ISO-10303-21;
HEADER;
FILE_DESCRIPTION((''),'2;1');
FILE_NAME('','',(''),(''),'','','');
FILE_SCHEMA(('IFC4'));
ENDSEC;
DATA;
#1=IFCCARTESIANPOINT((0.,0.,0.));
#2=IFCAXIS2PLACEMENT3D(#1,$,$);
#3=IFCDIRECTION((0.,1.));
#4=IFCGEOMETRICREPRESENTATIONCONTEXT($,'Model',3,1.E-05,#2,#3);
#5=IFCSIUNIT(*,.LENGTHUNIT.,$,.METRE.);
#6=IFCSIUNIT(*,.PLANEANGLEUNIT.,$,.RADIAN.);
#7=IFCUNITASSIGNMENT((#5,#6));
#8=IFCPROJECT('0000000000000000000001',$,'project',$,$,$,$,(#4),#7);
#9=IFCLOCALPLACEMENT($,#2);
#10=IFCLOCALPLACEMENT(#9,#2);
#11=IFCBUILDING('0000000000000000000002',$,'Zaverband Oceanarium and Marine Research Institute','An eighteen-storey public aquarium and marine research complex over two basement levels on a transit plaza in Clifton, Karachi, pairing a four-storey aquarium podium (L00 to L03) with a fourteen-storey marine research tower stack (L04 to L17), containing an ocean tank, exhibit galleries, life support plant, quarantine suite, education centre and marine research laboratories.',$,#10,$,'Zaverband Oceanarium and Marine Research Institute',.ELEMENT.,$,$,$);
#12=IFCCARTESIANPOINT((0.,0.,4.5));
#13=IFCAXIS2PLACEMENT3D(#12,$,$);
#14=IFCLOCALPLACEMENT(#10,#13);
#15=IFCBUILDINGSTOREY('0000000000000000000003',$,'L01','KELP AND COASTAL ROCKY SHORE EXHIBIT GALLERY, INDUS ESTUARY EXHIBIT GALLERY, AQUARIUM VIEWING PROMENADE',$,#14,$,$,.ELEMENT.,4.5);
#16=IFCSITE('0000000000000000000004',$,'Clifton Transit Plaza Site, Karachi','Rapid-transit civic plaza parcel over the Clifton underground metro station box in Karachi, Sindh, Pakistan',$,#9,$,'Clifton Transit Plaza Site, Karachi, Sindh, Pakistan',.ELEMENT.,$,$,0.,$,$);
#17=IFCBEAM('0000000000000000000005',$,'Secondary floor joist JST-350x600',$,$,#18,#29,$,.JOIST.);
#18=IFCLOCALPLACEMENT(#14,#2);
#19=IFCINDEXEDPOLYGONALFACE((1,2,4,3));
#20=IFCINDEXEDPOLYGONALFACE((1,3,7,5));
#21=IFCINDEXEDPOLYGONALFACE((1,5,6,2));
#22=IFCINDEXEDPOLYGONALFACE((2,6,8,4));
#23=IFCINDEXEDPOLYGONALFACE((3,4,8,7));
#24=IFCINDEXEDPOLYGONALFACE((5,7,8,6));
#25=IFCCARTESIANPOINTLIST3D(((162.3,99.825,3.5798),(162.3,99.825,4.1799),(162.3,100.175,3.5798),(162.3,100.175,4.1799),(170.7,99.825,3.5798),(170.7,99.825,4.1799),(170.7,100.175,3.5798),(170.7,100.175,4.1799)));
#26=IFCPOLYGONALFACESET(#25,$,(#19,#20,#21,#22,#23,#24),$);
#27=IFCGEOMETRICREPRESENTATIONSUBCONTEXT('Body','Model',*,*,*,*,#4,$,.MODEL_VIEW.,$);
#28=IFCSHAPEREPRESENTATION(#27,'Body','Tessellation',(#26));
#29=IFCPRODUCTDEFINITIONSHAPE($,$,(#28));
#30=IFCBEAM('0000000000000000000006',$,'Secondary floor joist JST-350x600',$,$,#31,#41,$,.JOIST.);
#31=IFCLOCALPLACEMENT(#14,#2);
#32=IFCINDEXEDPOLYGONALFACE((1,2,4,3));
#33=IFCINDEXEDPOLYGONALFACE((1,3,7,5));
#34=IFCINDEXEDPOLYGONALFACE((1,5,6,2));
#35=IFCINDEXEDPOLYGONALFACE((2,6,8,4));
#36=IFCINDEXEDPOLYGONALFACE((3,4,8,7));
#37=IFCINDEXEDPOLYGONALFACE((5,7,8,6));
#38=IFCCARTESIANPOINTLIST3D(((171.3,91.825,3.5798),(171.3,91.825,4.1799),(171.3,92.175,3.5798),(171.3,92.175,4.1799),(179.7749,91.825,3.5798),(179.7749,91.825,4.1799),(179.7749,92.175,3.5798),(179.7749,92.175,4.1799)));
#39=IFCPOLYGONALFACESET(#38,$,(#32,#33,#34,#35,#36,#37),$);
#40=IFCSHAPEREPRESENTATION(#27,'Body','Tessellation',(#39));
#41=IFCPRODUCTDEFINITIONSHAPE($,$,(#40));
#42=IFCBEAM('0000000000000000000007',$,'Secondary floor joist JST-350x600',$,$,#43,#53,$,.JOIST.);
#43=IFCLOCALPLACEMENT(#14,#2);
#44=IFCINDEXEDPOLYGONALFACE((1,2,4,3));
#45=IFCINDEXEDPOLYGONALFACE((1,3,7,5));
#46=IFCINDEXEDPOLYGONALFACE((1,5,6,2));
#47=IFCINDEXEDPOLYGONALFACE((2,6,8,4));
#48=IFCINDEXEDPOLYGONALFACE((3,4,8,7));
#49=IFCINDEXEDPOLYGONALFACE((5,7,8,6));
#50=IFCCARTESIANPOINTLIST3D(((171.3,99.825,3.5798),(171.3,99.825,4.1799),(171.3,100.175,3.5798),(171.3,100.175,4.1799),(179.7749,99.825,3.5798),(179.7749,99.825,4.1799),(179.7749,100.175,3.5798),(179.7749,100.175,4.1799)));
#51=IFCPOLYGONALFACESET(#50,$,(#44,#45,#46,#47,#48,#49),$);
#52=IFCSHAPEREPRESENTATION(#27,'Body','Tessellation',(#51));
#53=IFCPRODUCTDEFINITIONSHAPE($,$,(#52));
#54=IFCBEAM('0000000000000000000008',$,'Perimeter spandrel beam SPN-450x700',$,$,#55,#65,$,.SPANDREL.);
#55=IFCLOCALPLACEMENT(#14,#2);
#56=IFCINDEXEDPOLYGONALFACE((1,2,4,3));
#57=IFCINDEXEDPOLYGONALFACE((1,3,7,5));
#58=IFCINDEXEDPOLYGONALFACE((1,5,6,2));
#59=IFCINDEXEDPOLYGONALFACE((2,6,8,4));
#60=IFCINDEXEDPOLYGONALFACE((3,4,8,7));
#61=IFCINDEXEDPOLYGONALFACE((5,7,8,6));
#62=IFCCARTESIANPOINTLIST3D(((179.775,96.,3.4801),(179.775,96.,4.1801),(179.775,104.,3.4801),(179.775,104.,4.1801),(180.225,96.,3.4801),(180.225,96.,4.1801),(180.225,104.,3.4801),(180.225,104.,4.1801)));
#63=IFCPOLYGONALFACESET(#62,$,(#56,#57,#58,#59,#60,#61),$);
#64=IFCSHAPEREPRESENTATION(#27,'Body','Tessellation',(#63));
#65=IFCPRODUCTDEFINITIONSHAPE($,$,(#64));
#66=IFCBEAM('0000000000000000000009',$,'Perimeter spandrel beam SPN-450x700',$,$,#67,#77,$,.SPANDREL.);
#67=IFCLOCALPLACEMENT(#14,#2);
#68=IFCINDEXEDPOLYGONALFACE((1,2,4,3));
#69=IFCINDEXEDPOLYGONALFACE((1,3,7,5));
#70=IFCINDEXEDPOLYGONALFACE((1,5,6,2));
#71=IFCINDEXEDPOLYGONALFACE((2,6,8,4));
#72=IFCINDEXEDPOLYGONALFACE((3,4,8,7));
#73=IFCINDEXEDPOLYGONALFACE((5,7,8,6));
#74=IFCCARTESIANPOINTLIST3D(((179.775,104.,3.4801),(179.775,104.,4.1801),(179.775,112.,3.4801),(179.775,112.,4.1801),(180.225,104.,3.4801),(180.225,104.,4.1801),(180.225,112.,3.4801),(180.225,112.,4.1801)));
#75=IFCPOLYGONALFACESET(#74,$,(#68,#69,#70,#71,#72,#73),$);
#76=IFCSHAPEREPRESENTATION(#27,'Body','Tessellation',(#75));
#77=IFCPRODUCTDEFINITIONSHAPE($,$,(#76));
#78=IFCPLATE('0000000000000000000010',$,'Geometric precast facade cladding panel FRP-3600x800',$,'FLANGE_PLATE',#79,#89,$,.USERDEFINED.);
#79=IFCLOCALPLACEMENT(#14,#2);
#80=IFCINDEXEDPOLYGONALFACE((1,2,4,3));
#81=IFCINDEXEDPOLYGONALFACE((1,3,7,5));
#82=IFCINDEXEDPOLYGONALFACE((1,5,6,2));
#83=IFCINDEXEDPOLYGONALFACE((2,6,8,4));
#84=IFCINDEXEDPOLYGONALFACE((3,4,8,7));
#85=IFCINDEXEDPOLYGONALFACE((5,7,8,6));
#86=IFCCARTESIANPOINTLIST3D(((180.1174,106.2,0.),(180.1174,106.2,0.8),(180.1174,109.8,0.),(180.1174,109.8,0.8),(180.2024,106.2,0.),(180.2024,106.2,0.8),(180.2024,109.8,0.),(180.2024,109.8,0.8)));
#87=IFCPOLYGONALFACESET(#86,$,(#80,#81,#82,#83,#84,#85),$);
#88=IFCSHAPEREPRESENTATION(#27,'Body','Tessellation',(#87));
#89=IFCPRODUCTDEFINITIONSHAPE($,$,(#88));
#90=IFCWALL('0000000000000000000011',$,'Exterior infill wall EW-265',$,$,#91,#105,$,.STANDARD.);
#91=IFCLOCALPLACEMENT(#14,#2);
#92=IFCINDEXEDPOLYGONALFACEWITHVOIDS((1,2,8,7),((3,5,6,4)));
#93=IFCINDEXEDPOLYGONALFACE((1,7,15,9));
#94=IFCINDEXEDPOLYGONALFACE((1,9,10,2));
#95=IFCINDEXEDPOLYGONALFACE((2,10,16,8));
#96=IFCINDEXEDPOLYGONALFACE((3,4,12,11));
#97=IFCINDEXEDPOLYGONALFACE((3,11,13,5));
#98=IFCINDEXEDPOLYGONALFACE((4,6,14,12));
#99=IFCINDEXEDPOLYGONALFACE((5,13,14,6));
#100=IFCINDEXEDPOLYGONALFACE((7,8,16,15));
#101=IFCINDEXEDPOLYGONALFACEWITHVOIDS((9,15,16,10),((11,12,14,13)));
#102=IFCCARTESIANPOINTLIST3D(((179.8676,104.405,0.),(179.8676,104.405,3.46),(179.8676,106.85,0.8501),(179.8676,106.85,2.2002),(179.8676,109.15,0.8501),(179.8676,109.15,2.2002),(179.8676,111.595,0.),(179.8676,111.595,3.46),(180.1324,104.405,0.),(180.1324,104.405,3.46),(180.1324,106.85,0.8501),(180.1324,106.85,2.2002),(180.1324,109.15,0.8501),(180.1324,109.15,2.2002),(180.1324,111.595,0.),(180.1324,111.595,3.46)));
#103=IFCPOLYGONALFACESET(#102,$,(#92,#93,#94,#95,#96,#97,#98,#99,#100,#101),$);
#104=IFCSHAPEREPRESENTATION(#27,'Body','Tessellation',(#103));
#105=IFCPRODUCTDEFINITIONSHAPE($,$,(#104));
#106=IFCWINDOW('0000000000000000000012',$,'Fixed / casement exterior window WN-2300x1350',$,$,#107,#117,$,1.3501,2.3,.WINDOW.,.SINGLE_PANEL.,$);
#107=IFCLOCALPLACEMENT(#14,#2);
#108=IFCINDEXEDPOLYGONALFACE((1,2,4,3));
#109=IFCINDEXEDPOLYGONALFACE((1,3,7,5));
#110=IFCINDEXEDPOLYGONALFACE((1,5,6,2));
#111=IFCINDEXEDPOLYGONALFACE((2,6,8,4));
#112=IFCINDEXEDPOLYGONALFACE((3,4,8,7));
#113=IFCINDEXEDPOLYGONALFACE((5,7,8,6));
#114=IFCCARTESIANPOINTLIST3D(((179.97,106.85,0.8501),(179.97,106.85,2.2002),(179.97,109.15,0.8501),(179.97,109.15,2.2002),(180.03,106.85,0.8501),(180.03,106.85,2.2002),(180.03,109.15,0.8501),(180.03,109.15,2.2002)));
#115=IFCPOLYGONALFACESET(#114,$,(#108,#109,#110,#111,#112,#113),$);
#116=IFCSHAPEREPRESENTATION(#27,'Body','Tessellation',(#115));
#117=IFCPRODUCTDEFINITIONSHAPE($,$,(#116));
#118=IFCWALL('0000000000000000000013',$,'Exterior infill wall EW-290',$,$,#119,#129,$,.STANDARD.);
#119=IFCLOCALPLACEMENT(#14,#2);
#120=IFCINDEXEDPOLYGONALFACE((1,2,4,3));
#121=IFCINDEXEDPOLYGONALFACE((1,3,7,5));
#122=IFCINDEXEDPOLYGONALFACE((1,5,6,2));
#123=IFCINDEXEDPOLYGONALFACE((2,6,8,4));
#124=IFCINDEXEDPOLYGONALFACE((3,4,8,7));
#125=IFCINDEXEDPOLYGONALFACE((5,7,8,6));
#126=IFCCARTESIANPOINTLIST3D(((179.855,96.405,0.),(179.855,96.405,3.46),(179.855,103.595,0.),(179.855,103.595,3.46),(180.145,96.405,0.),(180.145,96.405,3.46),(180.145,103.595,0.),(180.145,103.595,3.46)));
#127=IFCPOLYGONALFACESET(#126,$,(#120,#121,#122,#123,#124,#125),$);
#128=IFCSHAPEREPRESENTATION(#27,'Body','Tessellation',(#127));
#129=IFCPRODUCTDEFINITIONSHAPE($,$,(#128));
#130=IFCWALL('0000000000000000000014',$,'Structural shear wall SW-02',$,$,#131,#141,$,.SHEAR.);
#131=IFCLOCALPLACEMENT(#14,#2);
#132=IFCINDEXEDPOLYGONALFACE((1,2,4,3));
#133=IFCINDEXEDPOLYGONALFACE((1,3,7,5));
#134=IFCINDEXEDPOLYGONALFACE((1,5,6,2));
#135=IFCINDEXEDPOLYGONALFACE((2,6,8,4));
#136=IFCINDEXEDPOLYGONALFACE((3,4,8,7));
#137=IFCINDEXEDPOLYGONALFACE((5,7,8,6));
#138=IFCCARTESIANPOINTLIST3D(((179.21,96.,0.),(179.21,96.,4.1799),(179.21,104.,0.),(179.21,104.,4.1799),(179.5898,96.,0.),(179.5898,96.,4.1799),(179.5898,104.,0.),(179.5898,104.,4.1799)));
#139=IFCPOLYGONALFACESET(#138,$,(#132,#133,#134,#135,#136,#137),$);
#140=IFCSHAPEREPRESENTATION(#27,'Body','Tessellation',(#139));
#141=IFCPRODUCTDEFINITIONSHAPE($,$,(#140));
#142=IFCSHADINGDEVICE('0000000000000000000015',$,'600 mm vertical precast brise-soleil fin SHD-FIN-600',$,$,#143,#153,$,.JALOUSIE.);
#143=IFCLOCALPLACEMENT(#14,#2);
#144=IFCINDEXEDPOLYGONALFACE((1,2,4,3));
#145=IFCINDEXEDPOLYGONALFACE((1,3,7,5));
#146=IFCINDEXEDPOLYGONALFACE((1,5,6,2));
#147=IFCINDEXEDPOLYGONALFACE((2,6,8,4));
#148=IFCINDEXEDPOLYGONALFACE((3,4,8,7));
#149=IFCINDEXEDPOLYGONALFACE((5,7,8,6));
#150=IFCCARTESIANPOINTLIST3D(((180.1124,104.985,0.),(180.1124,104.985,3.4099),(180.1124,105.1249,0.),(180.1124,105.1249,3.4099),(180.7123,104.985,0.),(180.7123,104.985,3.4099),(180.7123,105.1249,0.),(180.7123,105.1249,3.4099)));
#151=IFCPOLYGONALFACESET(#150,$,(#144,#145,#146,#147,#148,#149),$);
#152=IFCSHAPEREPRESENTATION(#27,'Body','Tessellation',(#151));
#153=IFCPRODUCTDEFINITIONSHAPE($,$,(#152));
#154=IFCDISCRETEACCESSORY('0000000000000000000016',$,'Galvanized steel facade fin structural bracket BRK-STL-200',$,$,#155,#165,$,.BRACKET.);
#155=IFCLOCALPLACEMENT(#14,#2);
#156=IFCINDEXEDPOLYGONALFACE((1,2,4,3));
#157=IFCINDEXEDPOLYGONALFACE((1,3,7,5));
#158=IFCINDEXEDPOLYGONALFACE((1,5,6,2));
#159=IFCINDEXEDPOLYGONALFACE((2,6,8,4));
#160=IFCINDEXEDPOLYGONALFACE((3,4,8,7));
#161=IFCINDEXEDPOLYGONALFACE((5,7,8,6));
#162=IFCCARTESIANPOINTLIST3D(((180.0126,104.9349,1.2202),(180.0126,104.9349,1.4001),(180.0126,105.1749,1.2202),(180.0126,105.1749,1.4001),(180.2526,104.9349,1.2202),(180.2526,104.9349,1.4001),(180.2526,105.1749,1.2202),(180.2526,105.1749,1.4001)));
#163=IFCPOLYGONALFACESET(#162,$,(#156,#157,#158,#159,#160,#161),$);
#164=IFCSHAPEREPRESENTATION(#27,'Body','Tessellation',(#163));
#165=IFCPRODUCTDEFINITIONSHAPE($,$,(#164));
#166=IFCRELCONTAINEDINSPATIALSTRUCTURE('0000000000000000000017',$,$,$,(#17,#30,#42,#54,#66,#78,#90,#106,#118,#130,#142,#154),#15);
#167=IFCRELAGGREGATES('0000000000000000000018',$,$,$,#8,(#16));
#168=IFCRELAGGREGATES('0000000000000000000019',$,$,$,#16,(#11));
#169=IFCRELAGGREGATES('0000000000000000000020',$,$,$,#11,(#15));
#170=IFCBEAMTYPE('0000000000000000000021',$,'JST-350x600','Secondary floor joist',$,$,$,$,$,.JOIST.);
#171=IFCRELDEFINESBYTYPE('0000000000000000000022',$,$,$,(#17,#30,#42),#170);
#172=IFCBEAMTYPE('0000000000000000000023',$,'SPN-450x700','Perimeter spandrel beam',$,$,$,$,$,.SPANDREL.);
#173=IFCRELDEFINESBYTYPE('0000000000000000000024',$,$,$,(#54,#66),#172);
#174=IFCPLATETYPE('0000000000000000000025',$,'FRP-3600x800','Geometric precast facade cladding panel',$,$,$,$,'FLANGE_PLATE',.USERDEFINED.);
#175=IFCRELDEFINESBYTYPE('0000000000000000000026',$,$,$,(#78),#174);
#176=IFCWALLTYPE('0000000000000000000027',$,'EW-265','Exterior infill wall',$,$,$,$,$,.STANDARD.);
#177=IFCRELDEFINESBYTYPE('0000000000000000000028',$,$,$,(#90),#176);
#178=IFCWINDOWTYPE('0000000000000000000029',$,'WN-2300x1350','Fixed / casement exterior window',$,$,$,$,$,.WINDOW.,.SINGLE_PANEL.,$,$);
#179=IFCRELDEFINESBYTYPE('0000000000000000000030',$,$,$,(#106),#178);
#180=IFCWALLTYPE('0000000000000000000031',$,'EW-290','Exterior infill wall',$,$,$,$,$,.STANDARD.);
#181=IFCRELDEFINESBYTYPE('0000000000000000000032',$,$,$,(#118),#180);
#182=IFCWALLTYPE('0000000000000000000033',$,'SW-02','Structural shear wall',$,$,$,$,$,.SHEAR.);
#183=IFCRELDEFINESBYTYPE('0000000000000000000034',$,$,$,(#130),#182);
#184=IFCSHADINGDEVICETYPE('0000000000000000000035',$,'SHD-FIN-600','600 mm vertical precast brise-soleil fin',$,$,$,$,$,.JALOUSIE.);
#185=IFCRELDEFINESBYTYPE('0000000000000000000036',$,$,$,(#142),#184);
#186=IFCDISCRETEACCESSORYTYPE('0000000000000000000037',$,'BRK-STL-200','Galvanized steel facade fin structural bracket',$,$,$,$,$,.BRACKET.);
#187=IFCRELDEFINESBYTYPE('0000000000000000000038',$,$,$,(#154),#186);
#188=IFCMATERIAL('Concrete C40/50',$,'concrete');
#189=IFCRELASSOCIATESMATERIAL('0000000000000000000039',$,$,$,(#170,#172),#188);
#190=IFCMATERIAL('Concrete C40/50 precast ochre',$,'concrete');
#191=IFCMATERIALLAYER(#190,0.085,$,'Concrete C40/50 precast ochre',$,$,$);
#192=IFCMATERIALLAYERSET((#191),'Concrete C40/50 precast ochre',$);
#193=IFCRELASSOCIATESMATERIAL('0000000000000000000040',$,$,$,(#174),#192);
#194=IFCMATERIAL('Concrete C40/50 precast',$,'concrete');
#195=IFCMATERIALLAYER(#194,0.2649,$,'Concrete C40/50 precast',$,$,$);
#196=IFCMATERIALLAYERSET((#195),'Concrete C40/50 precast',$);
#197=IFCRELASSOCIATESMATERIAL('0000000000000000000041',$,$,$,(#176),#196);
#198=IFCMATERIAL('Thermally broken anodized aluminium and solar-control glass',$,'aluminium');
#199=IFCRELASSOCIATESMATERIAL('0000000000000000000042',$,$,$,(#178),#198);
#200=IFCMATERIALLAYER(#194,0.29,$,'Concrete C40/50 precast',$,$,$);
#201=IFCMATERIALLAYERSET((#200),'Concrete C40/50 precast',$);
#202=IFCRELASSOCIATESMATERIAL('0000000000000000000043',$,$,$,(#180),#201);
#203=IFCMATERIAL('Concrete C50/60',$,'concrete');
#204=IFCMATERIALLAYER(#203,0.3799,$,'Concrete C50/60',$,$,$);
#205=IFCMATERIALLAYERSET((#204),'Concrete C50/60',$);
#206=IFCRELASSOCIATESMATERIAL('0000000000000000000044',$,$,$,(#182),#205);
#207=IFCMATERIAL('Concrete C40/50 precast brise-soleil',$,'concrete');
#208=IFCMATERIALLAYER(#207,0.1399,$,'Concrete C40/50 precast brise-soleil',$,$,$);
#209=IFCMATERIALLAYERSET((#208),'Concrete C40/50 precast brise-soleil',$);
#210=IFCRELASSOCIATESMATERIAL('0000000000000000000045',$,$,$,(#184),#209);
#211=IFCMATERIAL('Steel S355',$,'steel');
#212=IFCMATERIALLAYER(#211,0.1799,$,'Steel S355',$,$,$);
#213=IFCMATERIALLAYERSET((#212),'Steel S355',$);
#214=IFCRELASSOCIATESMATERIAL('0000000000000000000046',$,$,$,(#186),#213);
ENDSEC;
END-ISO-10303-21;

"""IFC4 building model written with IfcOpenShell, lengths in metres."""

from ifc_helpers import new_model, si_unit, direction, frame, frame_2d, origin, origin_2d, place, context, subcontext, project, spatial, rectangle, extrude, material, layer, layer_set, material_profile, profile_set, type_object, element, fill, save


model = new_model("IFC4")

# Units and contexts
model_context = context("Model", 3, precision=1e-05, world=origin(), true_north=direction((0.0, 1.0)))
body_context = subcontext(model_context, "Body", "Model", "MODEL_VIEW")
ifc_project = project(units=[si_unit("LENGTHUNIT", "METRE"), si_unit("PLANEANGLEUNIT", "RADIAN")], contexts=[model_context])

# Site, building, storey
site_placement = place(None, origin())
site = spatial("IfcSite", under=ifc_project, at=site_placement, Name="Clifton Transit Plaza Site, Karachi", Description="Rapid-transit civic plaza parcel over the Clifton underground metro station box in Karachi, Sindh, Pakistan", LongName="Clifton Transit Plaza Site, Karachi, Sindh, Pakistan", CompositionType="ELEMENT", RefElevation=0.0)
building_placement = place(site_placement, origin())
building = spatial("IfcBuilding", under=site, at=building_placement, Name="Zaverband Oceanarium and Marine Research Institute", Description="An eighteen-storey public aquarium and marine research complex over two basement levels on a transit plaza in Clifton, Karachi, pairing a four-storey aquarium podium (L00 to L03) with a fourteen-storey marine research tower stack (L04 to L17), containing an ocean tank, exhibit galleries, life support plant, quarantine suite, education centre and marine research laboratories.", LongName="Zaverband Oceanarium and Marine Research Institute", CompositionType="ELEMENT")
storey_placement = place(building_placement, frame((0.0, 0.0, 4.5)))
storey = spatial("IfcBuildingStorey", under=building, at=storey_placement, Name="L01", Description="KELP AND COASTAL ROCKY SHORE EXHIBIT GALLERY, INDUS ESTUARY EXHIBIT GALLERY, AQUARIUM VIEWING PROMENADE", CompositionType="ELEMENT", Elevation=4.5)

# Shared definitions
ifc_material_1 = material(Name="Concrete C50/60", Category="concrete")

# Beams
ifc_material_2 = material(Name="Concrete C40/50", Category="concrete")
ifc_material_profile_1 = material_profile(ifc_material_2, rectangle(XDim=0.3501, YDim=0.6001, at=origin_2d()), Name="RC350x600")
ifc_profile_set_1 = profile_set([ifc_material_profile_1], Name="Concrete C40/50")
beam_type_1 = type_object("IfcBeamType", Name="JST-350x600", Description="Secondary floor joist", PredefinedType="JOIST", material=ifc_profile_set_1)
for number, where, z_axis, x_axis, name in (
    (1, (162.3, 100.0, 3.8799), (1.0, 0.0, 0.0), (0.0, 1.0, 0.0), "Secondary floor joist JST-350x600"),
):
    element("IfcBeam", number, at=place(storey_placement, frame(where, z_axis=z_axis, x_axis=x_axis)), inside=storey, type_object=beam_type_1, Name=name, PredefinedType="JOIST", context=body_context, shape_type="SweptSolid", body=[
        extrude(rectangle(XDim=0.3501, YDim=0.6001, at=origin_2d()), origin(), (0.0, 0.0, 1.0), 8.3999),
    ])
for number, where, z_axis, x_axis, name in (
    (2, (171.3, 92.0, 3.8799), (1.0, 0.0, 0.0), (0.0, 1.0, 0.0), "Secondary floor joist JST-350x600"),
    (3, (171.3, 100.0, 3.8799), (1.0, 0.0, 0.0), (0.0, 1.0, 0.0), "Secondary floor joist JST-350x600"),
):
    element("IfcBeam", number, at=place(storey_placement, frame(where, z_axis=z_axis, x_axis=x_axis)), inside=storey, type_object=beam_type_1, Name=name, PredefinedType="JOIST", context=body_context, shape_type="SweptSolid", body=[
        extrude(rectangle(XDim=0.3501, YDim=0.6001, at=origin_2d()), origin(), (0.0, 0.0, 1.0), 8.4749),
    ])
ifc_material_profile_2 = material_profile(ifc_material_2, rectangle(XDim=0.45, YDim=0.7, at=origin_2d()), Name="RC450x700")
ifc_profile_set_2 = profile_set([ifc_material_profile_2], Name="Concrete C40/50")
beam_type_2 = type_object("IfcBeamType", Name="SPN-450x700", Description="Perimeter spandrel beam", PredefinedType="SPANDREL", material=ifc_profile_set_2)
for number, where, z_axis, x_axis, name in (
    (4, (180.0, 96.0, 3.8301), (0.0, 1.0, 0.0), (-1.0, 0.0, 0.0), "Perimeter spandrel beam SPN-450x700"),
    (5, (180.0, 104.0, 3.8301), (0.0, 1.0, 0.0), (-1.0, 0.0, 0.0), "Perimeter spandrel beam SPN-450x700"),
):
    element("IfcBeam", number, at=place(storey_placement, frame(where, z_axis=z_axis, x_axis=x_axis)), inside=storey, type_object=beam_type_2, Name=name, PredefinedType="SPANDREL", context=body_context, shape_type="SweptSolid", body=[
        extrude(rectangle(XDim=0.45, YDim=0.7, at=origin_2d()), origin(), (0.0, 0.0, 1.0), 8.0),
    ])

# Plate
ifc_material_3 = material(Name="Concrete C40/50 precast ochre", Category="concrete")
ifc_layer_1 = layer(ifc_material_3, 0.085, Name="Concrete C40/50 precast ochre")
ifc_layer_set_1 = layer_set([ifc_layer_1], Name="Concrete C40/50 precast ochre")
plate_type = type_object("IfcPlateType", Name="FRP-3600x800", Description="Geometric precast facade cladding panel", ElementType="FLANGE_PLATE", PredefinedType="USERDEFINED", material=ifc_layer_set_1)
plate_placement = place(storey_placement, frame((180.1599, 106.2, 0.0), z_axis=(0.0, 0.0, 1.0), x_axis=(0.0, 1.0, 0.0)))
element("IfcPlate", 6, at=plate_placement, inside=storey, type_object=plate_type, Name="Geometric precast facade cladding panel FRP-3600x800", ObjectType="FLANGE_PLATE", PredefinedType="USERDEFINED", context=body_context, shape_type="SweptSolid", body=[
    extrude(rectangle(XDim=3.6001, YDim=0.085, at=frame_2d((1.8, 0.0))), origin(), (0.0, 0.0, 1.0), 0.8),
])

# Wall, opening, window
ifc_material_4 = material(Name="Concrete C40/50 precast", Category="concrete")
ifc_layer_2 = layer(ifc_material_4, 0.2649, Name="Concrete C40/50 precast")
ifc_layer_set_2 = layer_set([ifc_layer_2], Name="Concrete C40/50 precast")
wall_type_1 = type_object("IfcWallType", Name="EW-265", Description="Exterior infill wall", PredefinedType="STANDARD", material=ifc_layer_set_2)
wall_1_placement = place(storey_placement, frame((180.0, 104.405, 0.0), z_axis=(0.0, 0.0, 1.0), x_axis=(0.0, 1.0, 0.0)))
wall_1 = element("IfcWall", 7, at=wall_1_placement, inside=storey, type_object=wall_type_1, Name="Exterior infill wall EW-265", PredefinedType="STANDARD", context=body_context, shape_type="SweptSolid", body=[
    extrude(rectangle(XDim=7.1899, YDim=0.2649, at=frame_2d((3.595, 0.0))), origin(), (0.0, 0.0, 1.0), 3.46),
])
opening_placement = place(wall_1_placement, frame((2.4451, 0.0, 0.8501)))
opening = element("IfcOpeningElement", 8, at=opening_placement, cuts=wall_1, PredefinedType="OPENING", context=body_context, shape_type="SweptSolid", body=[
    extrude(rectangle(XDim=2.3, YDim=1.3501, at=frame_2d((1.1499, 0.675))), frame((0.0, 0.1445, 0.0), z_axis=(0.0, -1.0, 0.0), x_axis=(1.0, 0.0, 0.0)), (0.0, 0.0, 1.0), 0.2888),
])
ifc_material_5 = material(Name="Thermally broken anodized aluminium and solar-control glass", Category="aluminium")
window_type = type_object("IfcWindowType", Name="WN-2300x1350", Description="Fixed / casement exterior window", PartitioningType="SINGLE_PANEL", PredefinedType="WINDOW", material=ifc_material_5)
window_placement = place(opening_placement, origin())
window = element("IfcWindow", 9, at=window_placement, inside=storey, type_object=window_type, Name="Fixed / casement exterior window WN-2300x1350", OverallHeight=1.3501, OverallWidth=2.3, PartitioningType="SINGLE_PANEL", PredefinedType="WINDOW", context=body_context, shape_type="SweptSolid", body=[
    extrude(rectangle(XDim=2.3, YDim=1.3501, at=frame_2d((1.1499, 0.675))), frame((0.0, 0.03, 0.0), z_axis=(0.0, -1.0, 0.0), x_axis=(1.0, 0.0, 0.0)), (0.0, 0.0, 1.0), 0.0601),
])
fill(opening, window)

# Walls
ifc_layer_3 = layer(ifc_material_4, 0.29, Name="Concrete C40/50 precast")
ifc_layer_set_3 = layer_set([ifc_layer_3], Name="Concrete C40/50 precast")
wall_type_2 = type_object("IfcWallType", Name="EW-290", Description="Exterior infill wall", PredefinedType="STANDARD", material=ifc_layer_set_3)
wall_2_placement = place(storey_placement, frame((180.0, 96.405, 0.0), z_axis=(0.0, 0.0, 1.0), x_axis=(0.0, 1.0, 0.0)))
element("IfcWall", 10, at=wall_2_placement, inside=storey, type_object=wall_type_2, Name="Exterior infill wall EW-290", PredefinedType="STANDARD", context=body_context, shape_type="SweptSolid", body=[
    extrude(rectangle(XDim=7.1899, YDim=0.29, at=frame_2d((3.595, 0.0))), origin(), (0.0, 0.0, 1.0), 3.46),
])
ifc_layer_4 = layer(ifc_material_1, 0.3799, Name="Concrete C50/60")
ifc_layer_set_4 = layer_set([ifc_layer_4], Name="Concrete C50/60")
wall_type_3 = type_object("IfcWallType", Name="SW-02", Description="Structural shear wall", PredefinedType="SHEAR", material=ifc_layer_set_4)
wall_3_placement = place(storey_placement, frame((179.3999, 96.0, 0.0), z_axis=(0.0, 0.0, 1.0), x_axis=(0.0, 1.0, 0.0)))
element("IfcWall", 11, at=wall_3_placement, inside=storey, type_object=wall_type_3, Name="Structural shear wall SW-02", PredefinedType="SHEAR", context=body_context, shape_type="SweptSolid", body=[
    extrude(rectangle(XDim=8.0, YDim=0.3799, at=frame_2d((4.0, 0.0))), origin(), (0.0, 0.0, 1.0), 4.1799),
])

# Shading device
ifc_material_6 = material(Name="Concrete C40/50 precast brise-soleil", Category="concrete")
ifc_layer_5 = layer(ifc_material_6, 0.1399, Name="Concrete C40/50 precast brise-soleil")
ifc_layer_set_5 = layer_set([ifc_layer_5], Name="Concrete C40/50 precast brise-soleil")
shading_device_type = type_object("IfcShadingDeviceType", Name="SHD-FIN-600", Description="600 mm vertical precast brise-soleil fin", PredefinedType="JALOUSIE", material=ifc_layer_set_5)
shading_device_placement = place(storey_placement, frame((180.1125, 105.0549, 0.0), z_axis=(0.0, 0.0, 1.0), x_axis=(1.0, 0.0, 0.0)))
element("IfcShadingDevice", 12, at=shading_device_placement, inside=storey, type_object=shading_device_type, Name="600 mm vertical precast brise-soleil fin SHD-FIN-600", PredefinedType="JALOUSIE", context=body_context, shape_type="SweptSolid", body=[
    extrude(rectangle(XDim=0.5999, YDim=0.1399, at=frame_2d((0.2998, 0.0))), origin(), (0.0, 0.0, 1.0), 3.4099),
])

# Discrete accessory
ifc_material_7 = material(Name="Steel S355", Category="steel")
ifc_layer_6 = layer(ifc_material_7, 0.1799, Name="Steel S355")
ifc_layer_set_6 = layer_set([ifc_layer_6], Name="Steel S355")
discrete_accessory_type = type_object("IfcDiscreteAccessoryType", Name="BRK-STL-200", Description="Galvanized steel facade fin structural bracket", PredefinedType="BRACKET", material=ifc_layer_set_6)
discrete_accessory_placement = place(storey_placement, frame((180.1326, 105.0549, 1.2202), z_axis=(0.0, 0.0, 1.0), x_axis=(1.0, 0.0, 0.0)))
element("IfcDiscreteAccessory", 13, at=discrete_accessory_placement, inside=storey, type_object=discrete_accessory_type, Name="Galvanized steel facade fin structural bracket BRK-STL-200", PredefinedType="BRACKET", context=body_context, shape_type="SweptSolid", body=[
    extrude(rectangle(XDim=0.24, YDim=0.24, at=origin_2d()), origin(), (0.0, 0.0, 1.0), 0.1799),
])

save(model, "model.ifc")
